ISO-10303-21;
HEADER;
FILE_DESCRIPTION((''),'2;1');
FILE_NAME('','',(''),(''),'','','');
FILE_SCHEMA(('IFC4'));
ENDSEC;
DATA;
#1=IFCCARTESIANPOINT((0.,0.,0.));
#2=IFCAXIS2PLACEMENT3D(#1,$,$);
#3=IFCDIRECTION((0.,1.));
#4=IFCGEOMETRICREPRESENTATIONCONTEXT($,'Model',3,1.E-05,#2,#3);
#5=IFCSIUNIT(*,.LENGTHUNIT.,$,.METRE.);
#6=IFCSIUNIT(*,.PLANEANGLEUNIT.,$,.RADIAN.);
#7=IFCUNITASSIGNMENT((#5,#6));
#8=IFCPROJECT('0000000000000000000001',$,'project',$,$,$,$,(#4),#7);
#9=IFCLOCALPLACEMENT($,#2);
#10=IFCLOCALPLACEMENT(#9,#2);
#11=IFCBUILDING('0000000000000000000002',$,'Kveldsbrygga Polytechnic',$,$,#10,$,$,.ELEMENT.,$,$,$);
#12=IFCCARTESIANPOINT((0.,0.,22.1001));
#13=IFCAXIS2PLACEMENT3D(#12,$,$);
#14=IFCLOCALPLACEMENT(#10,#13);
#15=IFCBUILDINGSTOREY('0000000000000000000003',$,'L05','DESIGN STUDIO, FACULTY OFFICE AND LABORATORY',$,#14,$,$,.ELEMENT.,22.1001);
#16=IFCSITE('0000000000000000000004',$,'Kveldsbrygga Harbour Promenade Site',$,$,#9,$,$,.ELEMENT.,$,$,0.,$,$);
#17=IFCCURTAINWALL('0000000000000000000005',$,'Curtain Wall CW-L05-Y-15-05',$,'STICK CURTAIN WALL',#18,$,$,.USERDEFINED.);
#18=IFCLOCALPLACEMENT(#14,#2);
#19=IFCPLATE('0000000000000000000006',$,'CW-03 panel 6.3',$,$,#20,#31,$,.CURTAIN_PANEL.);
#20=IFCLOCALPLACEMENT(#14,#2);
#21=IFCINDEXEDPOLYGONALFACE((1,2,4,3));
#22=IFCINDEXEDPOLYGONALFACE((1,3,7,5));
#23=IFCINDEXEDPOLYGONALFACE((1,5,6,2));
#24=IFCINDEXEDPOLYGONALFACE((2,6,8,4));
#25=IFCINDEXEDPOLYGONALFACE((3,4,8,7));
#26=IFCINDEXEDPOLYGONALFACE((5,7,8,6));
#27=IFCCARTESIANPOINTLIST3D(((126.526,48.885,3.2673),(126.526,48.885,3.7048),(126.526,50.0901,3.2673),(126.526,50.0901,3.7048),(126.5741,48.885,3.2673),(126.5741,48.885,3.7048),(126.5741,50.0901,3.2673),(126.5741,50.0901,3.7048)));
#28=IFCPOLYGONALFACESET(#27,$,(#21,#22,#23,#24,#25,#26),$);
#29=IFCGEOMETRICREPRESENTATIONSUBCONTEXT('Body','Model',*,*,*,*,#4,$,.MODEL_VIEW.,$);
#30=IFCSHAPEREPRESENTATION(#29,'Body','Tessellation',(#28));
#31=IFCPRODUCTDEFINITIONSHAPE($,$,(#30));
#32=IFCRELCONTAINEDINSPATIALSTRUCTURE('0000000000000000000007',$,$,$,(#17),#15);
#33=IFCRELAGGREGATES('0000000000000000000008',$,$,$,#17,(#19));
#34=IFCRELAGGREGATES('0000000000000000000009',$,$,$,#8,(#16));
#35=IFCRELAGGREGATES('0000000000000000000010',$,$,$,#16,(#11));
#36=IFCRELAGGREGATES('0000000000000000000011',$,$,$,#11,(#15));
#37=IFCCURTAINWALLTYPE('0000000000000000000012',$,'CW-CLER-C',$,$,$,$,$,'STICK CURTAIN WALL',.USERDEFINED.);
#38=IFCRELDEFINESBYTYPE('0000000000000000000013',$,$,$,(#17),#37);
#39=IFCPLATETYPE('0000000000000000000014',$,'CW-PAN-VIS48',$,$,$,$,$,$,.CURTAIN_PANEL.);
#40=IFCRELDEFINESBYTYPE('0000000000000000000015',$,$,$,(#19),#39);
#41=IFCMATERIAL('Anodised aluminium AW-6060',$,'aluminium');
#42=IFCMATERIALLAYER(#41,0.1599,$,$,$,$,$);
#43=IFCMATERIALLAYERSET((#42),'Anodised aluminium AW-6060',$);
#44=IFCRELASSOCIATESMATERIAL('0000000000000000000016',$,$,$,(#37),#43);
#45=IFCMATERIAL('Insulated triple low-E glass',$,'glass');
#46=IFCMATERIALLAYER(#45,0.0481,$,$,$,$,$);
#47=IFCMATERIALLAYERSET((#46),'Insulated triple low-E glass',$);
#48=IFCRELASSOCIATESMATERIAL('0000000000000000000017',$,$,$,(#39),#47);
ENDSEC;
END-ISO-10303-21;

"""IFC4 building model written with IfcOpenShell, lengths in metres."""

from ifc_helpers import new_model, si_unit, direction, frame, origin, origin_2d, place, context, subcontext, project, spatial, rectangle, extrude, material, layer, layer_set, type_object, element, aggregate, save


model = new_model("IFC4")

# Units and contexts
model_context = context("Model", 3, precision=1e-05, world=origin(), true_north=direction((0.0, 1.0)))
body_context = subcontext(model_context, "Body", "Model", "MODEL_VIEW")
ifc_project = project(units=[si_unit("LENGTHUNIT", "METRE"), si_unit("PLANEANGLEUNIT", "RADIAN")], contexts=[model_context])

# Site, building, storey
site_placement = place(None, origin())
site = spatial("IfcSite", under=ifc_project, at=site_placement, Name="Kveldsbrygga Harbour Promenade Site", CompositionType="ELEMENT", RefElevation=0.0)
building_placement = place(site_placement, origin())
building = spatial("IfcBuilding", under=site, at=building_placement, Name="Kveldsbrygga Polytechnic", CompositionType="ELEMENT")
storey_placement = place(building_placement, frame((0.0, 0.0, 22.1001)))
storey = spatial("IfcBuildingStorey", under=building, at=storey_placement, Name="L05", Description="DESIGN STUDIO, FACULTY OFFICE AND LABORATORY", CompositionType="ELEMENT", Elevation=22.1001)

# Curtain wall
ifc_material_1 = material(Name="Anodised aluminium AW-6060", Category="aluminium")
ifc_layer_1 = layer(ifc_material_1, 0.1599)
ifc_layer_set_1 = layer_set([ifc_layer_1], Name="Anodised aluminium AW-6060")
curtain_wall_type_1 = type_object("IfcCurtainWallType", Name="CW-CLER-C", ElementType="STICK CURTAIN WALL", PredefinedType="USERDEFINED", material=ifc_layer_set_1)
curtain_wall_1_placement = place(storey_placement, origin())
curtain_wall_1 = element("IfcCurtainWall", 1, at=curtain_wall_1_placement, inside=storey, type_object=curtain_wall_type_1, Name="Curtain Wall CW-L05-Y-15-05", ObjectType="STICK CURTAIN WALL", PredefinedType="USERDEFINED")

# Plate
ifc_material_2 = material(Name="Insulated triple low-E glass", Category="glass")
ifc_layer_2 = layer(ifc_material_2, 0.0481)
ifc_layer_set_2 = layer_set([ifc_layer_2], Name="Insulated triple low-E glass")
plate_type = type_object("IfcPlateType", Name="CW-PAN-VIS48", PredefinedType="CURTAIN_PANEL", material=ifc_layer_set_2)
plate_1_placement = place(storey_placement, frame((126.55, 49.4875, 3.2673), z_axis=(0.0, 0.0, 1.0), x_axis=(0.0, 1.0, 0.0)))
plate_1 = element("IfcPlate", 2, at=plate_1_placement, type_object=plate_type, Name="CW-03 panel 6.3", PredefinedType="CURTAIN_PANEL", context=body_context, shape_type="SweptSolid", body=[
    extrude(rectangle(XDim=1.2051, YDim=0.0481, at=origin_2d()), origin(), (0.0, 0.0, 1.0), 0.4375),
])
aggregate(curtain_wall_1, [plate_1])

save(model, "model.ifc")
